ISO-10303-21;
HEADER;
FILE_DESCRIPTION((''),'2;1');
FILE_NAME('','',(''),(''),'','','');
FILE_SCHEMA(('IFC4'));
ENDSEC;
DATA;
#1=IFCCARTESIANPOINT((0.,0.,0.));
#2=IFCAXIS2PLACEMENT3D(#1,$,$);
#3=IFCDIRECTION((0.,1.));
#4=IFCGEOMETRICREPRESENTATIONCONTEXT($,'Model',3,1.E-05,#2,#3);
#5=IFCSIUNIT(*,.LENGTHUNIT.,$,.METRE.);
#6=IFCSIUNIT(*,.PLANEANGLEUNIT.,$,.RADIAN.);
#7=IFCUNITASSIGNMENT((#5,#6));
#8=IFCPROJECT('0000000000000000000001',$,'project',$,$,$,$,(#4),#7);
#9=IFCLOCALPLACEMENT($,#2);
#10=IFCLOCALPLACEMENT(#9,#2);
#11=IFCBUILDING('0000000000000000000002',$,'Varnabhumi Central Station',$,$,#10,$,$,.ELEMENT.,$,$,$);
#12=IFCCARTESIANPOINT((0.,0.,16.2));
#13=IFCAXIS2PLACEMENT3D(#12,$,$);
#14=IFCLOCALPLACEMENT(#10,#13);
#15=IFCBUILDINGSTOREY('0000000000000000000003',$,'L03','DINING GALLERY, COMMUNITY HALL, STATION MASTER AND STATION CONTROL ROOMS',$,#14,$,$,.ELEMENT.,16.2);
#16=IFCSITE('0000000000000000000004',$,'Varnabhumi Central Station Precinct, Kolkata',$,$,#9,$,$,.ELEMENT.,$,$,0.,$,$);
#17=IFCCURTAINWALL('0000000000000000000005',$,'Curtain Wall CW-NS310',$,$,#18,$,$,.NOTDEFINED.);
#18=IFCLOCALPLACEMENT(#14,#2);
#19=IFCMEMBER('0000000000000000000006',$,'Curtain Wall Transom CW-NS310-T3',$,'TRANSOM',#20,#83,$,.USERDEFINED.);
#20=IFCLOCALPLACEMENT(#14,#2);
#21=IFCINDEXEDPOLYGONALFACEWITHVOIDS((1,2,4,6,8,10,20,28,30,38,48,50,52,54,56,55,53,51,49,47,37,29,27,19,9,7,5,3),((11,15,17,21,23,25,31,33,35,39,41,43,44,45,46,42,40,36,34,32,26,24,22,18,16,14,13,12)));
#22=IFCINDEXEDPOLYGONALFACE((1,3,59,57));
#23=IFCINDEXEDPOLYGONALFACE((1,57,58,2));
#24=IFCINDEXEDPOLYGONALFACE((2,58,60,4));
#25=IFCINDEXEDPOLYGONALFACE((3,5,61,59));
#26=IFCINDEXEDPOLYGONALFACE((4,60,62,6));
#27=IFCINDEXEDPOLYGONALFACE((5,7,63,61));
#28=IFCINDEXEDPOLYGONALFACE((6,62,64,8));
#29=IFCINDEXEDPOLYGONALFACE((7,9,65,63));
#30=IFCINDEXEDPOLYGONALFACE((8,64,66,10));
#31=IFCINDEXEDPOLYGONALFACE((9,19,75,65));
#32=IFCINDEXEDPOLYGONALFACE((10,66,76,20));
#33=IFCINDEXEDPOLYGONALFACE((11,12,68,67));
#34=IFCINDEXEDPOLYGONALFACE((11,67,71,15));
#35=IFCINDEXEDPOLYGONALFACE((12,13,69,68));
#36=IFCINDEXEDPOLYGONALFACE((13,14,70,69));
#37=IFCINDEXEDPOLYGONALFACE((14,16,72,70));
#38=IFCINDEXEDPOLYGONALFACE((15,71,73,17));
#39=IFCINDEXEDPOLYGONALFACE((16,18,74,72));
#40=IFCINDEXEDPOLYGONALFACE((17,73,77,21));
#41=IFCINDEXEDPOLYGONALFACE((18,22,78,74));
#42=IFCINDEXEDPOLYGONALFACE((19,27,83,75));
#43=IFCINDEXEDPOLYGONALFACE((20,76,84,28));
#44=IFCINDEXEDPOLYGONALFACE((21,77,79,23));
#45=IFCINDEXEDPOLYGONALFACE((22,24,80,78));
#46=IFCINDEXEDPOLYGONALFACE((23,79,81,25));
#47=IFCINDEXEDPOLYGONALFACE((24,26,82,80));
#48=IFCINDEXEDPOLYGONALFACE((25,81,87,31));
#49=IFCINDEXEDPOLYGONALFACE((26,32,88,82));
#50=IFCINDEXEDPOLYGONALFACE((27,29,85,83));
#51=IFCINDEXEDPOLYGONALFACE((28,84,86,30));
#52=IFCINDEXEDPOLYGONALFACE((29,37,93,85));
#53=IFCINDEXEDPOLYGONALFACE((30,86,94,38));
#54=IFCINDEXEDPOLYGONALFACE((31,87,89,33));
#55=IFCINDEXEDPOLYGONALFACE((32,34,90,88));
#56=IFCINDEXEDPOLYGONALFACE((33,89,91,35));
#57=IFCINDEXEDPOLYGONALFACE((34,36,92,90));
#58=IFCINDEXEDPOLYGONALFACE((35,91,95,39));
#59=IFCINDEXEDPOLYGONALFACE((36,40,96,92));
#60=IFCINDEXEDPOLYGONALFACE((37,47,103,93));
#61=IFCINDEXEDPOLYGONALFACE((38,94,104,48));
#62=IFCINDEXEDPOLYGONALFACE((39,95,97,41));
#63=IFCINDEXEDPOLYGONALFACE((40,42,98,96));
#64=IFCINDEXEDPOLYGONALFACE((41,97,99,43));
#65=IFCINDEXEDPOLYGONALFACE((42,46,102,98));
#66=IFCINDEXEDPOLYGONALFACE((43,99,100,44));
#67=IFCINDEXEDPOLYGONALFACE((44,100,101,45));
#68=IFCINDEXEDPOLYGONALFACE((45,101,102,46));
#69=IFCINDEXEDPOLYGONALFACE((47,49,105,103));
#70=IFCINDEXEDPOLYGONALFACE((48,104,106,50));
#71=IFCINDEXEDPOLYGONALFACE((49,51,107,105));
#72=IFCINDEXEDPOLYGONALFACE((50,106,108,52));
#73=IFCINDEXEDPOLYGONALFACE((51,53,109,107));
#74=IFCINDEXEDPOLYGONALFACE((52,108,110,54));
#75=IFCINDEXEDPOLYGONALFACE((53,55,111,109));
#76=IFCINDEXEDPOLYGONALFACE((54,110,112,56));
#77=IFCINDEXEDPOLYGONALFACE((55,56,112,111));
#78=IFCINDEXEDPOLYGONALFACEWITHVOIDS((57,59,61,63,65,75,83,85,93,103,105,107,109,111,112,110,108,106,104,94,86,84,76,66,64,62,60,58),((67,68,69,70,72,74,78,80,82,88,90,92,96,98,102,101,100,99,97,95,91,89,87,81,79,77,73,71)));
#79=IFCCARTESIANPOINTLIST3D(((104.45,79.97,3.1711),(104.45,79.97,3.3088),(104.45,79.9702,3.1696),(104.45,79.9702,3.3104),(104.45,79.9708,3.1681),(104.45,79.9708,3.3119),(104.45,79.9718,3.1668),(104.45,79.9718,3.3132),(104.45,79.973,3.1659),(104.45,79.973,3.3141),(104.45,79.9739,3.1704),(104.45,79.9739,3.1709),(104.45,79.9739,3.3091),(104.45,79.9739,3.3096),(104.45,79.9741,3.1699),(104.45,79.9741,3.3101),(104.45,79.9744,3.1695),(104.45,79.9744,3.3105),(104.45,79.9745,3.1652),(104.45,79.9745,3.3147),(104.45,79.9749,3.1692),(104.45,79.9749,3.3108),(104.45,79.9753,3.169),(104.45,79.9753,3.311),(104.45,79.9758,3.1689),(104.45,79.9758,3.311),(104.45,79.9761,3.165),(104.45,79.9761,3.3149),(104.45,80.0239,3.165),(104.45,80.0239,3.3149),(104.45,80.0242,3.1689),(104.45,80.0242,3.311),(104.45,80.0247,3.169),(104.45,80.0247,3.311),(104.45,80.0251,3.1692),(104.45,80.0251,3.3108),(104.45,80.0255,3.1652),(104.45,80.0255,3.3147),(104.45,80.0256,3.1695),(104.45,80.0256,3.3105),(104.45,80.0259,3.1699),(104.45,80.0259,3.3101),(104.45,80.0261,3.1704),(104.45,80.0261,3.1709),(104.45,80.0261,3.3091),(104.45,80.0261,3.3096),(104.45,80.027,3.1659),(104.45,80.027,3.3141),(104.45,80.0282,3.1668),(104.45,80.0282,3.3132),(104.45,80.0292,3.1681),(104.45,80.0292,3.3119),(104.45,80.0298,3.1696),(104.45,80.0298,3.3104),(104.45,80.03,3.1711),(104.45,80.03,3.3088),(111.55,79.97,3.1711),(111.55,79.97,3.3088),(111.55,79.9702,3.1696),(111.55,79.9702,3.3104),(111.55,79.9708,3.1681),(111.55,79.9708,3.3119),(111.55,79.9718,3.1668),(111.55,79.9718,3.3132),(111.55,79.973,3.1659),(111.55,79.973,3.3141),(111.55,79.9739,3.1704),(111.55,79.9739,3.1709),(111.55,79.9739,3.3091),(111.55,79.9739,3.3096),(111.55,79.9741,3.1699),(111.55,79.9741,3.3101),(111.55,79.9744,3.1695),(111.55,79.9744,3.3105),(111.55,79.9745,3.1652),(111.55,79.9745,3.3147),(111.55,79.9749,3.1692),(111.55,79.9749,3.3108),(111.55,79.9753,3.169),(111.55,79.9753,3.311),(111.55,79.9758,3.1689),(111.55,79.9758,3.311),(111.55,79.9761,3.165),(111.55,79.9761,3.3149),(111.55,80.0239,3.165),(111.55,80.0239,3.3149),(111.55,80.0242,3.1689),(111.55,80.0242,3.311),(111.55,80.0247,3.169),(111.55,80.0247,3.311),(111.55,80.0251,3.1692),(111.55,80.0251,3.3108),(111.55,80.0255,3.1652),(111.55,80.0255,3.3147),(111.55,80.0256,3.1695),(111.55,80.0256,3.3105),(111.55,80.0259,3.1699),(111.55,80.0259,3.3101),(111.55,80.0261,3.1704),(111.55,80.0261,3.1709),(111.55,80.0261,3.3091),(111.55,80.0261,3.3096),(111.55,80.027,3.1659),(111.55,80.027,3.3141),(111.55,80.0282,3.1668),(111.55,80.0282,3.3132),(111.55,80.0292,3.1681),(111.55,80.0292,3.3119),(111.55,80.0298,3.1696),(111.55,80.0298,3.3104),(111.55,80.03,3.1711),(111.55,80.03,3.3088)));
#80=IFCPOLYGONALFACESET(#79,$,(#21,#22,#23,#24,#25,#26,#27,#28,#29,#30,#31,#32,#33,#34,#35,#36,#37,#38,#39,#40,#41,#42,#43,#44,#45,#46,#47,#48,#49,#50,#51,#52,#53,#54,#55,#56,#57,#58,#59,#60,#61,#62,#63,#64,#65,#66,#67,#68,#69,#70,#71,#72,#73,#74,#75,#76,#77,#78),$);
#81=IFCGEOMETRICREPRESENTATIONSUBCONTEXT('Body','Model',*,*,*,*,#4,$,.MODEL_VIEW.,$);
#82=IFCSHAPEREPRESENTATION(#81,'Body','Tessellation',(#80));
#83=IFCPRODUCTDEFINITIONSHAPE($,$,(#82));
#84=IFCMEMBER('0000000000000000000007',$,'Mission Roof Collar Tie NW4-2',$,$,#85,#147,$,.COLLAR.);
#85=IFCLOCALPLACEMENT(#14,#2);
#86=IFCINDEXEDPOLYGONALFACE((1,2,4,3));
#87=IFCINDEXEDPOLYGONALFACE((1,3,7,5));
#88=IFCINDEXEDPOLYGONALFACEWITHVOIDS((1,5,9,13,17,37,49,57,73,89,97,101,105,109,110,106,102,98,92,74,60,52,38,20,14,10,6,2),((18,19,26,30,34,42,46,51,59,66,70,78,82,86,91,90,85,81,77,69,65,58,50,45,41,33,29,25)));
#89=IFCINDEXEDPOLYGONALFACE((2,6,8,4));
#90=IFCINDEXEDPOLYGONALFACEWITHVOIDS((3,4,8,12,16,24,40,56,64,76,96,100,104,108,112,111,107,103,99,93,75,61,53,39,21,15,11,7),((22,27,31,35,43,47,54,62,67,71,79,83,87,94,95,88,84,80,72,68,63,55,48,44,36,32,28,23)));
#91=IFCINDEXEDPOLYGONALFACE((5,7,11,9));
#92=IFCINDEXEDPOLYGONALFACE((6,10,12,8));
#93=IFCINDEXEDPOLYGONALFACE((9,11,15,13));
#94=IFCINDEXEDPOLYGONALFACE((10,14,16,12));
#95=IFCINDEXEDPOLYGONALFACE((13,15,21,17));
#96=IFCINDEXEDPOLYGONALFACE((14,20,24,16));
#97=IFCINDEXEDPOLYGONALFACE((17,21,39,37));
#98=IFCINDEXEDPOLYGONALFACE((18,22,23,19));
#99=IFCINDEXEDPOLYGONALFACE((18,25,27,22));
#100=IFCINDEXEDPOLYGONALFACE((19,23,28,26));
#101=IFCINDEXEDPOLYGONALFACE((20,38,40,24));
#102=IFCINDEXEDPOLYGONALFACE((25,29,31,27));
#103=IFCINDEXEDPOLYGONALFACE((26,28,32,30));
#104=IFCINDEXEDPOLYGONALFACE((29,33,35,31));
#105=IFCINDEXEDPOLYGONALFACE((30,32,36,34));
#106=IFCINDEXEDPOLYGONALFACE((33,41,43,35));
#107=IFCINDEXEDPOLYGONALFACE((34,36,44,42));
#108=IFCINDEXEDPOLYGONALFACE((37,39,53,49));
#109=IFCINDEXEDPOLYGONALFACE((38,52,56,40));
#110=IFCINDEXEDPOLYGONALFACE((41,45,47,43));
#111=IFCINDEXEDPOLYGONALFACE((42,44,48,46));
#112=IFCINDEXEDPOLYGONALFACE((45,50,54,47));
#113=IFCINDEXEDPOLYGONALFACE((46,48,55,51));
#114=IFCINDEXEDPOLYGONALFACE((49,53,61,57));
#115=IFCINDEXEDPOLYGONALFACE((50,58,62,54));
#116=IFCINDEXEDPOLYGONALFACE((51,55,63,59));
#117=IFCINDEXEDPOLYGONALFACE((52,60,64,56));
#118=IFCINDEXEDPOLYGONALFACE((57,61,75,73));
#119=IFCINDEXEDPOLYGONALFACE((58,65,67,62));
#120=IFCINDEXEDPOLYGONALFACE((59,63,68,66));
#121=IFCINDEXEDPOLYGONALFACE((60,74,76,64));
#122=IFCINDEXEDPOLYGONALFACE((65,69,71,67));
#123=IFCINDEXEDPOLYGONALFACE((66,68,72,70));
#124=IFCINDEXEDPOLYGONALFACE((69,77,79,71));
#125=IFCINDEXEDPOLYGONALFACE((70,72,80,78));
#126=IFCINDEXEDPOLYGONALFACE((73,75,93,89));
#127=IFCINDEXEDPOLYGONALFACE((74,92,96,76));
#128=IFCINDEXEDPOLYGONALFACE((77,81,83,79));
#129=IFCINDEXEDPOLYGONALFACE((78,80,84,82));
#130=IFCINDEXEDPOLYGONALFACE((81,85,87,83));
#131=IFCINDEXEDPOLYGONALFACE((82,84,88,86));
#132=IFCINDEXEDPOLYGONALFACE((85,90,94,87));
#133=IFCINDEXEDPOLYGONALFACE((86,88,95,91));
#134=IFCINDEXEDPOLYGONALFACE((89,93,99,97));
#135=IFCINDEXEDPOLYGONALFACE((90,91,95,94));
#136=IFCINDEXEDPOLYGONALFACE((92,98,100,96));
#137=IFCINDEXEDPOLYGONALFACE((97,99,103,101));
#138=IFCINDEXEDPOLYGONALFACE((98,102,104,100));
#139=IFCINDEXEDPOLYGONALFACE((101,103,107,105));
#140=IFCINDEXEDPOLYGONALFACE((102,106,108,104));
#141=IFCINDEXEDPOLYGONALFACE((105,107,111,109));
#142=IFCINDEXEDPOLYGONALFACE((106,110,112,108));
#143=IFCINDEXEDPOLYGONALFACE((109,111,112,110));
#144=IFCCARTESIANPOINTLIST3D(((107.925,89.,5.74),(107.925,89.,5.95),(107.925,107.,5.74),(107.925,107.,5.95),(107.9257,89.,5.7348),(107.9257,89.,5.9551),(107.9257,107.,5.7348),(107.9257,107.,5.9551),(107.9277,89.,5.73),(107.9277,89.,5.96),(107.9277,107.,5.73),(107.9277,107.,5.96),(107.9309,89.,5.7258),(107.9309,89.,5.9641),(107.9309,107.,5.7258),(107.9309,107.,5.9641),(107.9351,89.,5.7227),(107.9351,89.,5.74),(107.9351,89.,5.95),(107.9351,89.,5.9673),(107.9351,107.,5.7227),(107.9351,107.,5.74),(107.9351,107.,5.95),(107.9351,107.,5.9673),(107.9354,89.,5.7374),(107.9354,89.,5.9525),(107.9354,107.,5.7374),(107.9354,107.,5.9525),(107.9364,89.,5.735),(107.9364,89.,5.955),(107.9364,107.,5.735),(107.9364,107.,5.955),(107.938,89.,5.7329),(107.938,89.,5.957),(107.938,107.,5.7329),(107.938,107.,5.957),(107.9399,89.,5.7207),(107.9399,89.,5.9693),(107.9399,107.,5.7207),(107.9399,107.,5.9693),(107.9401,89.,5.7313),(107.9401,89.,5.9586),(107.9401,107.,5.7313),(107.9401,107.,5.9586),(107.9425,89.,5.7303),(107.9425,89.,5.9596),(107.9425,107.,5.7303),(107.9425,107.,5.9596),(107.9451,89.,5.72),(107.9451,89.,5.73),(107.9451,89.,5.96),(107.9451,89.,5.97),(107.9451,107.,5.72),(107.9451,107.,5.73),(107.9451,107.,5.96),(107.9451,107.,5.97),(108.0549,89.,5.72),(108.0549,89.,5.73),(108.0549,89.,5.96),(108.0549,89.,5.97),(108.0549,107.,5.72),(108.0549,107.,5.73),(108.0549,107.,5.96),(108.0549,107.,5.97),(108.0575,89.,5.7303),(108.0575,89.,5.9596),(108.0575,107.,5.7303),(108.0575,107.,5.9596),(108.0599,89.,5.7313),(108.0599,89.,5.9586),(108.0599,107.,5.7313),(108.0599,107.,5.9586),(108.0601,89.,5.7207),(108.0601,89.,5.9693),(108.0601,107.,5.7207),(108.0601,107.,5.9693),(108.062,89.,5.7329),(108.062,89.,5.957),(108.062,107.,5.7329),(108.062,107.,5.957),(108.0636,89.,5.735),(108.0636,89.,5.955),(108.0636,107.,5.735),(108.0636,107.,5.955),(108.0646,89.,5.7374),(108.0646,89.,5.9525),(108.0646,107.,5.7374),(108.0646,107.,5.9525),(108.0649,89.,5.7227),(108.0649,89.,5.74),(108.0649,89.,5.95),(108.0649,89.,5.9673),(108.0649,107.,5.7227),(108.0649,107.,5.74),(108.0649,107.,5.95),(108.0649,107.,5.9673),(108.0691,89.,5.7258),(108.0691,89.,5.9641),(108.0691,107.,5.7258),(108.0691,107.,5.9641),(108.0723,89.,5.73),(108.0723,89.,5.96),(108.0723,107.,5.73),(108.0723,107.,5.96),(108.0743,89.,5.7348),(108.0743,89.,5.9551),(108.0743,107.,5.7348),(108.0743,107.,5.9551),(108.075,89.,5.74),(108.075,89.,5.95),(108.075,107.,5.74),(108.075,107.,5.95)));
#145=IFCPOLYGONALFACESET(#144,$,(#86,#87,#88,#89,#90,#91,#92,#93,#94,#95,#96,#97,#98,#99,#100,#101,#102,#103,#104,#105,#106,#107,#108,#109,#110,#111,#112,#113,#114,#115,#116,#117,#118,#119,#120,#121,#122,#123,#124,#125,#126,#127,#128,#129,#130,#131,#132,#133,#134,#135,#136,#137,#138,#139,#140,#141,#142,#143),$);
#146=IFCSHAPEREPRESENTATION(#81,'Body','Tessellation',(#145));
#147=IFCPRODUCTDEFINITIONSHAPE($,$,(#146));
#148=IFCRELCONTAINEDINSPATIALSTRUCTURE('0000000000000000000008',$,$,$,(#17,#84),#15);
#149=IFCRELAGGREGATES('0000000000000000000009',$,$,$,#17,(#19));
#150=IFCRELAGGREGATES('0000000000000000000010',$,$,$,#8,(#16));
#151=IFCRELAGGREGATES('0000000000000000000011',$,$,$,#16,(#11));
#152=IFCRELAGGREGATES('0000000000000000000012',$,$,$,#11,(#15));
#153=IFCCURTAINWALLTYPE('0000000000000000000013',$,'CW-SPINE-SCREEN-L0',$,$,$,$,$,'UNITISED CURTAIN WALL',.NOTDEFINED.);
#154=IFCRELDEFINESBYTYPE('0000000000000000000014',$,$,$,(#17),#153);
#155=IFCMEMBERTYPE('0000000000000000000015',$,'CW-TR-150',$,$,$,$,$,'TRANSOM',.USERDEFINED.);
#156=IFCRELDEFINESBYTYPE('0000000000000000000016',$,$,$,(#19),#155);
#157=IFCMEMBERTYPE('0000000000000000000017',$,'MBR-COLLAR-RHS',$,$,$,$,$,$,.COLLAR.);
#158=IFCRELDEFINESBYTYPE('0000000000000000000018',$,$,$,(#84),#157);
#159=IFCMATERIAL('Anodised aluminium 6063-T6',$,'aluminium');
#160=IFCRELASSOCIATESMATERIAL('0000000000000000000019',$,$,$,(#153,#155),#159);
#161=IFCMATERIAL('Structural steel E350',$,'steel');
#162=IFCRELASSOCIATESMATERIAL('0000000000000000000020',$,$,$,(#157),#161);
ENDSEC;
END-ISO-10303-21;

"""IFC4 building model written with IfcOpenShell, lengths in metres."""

from ifc_helpers import new_model, si_unit, direction, frame, origin, origin_2d, place, context, subcontext, project, spatial, hollow_rectangle, extrude, material, material_profile, profile_set, type_object, element, aggregate, save


model = new_model("IFC4")

# Units and contexts
model_context = context("Model", 3, precision=1e-05, world=origin(), true_north=direction((0.0, 1.0)))
body_context = subcontext(model_context, "Body", "Model", "MODEL_VIEW")
ifc_project = project(units=[si_unit("LENGTHUNIT", "METRE"), si_unit("PLANEANGLEUNIT", "RADIAN")], contexts=[model_context])

# Site, building, storey
site_placement = place(None, origin())
site = spatial("IfcSite", under=ifc_project, at=site_placement, Name="Varnabhumi Central Station Precinct, Kolkata", CompositionType="ELEMENT", RefElevation=0.0)
building_placement = place(site_placement, origin())
building = spatial("IfcBuilding", under=site, at=building_placement, Name="Varnabhumi Central Station", CompositionType="ELEMENT")
storey_placement = place(building_placement, frame((0.0, 0.0, 16.2)))
storey = spatial("IfcBuildingStorey", under=building, at=storey_placement, Name="L03", Description="DINING GALLERY, COMMUNITY HALL, STATION MASTER AND STATION CONTROL ROOMS", CompositionType="ELEMENT", Elevation=16.2)

# Shared definitions
ifc_material_1 = material(Name="Structural steel E350", Category="steel")

# Curtain wall, member
ifc_material_2 = material(Name="Anodised aluminium 6063-T6", Category="aluminium")
curtain_wall_type = type_object("IfcCurtainWallType", Name="CW-SPINE-SCREEN-L0", ElementType="UNITISED CURTAIN WALL", PredefinedType="NOTDEFINED", material=ifc_material_2)
curtain_wall_placement = place(storey_placement, origin())
curtain_wall = element("IfcCurtainWall", 1, at=curtain_wall_placement, inside=storey, type_object=curtain_wall_type, Name="Curtain Wall CW-NS310", PredefinedType="NOTDEFINED")
ifc_material_profile_1 = material_profile(ifc_material_2, hollow_rectangle(XDim=0.0601, YDim=0.1499, WallThickness=0.0039, InnerFilletRadius=0.002, OuterFilletRadius=0.0061, at=origin_2d()), Name="Anodised aluminium 6063-T6", Category="aluminium")
ifc_profile_set_1 = profile_set([ifc_material_profile_1], Name="Anodised aluminium 6063-T6")
member_type_1 = type_object("IfcMemberType", Name="CW-TR-150", ElementType="TRANSOM", PredefinedType="USERDEFINED", material=ifc_profile_set_1)
member_1_placement = place(storey_placement, frame((104.45, 80.0, 3.24), z_axis=(1.0, 0.0, 0.0), x_axis=(0.0, 1.0, 0.0)))
member_1 = element("IfcMember", 2, at=member_1_placement, type_object=member_type_1, Name="Curtain Wall Transom CW-NS310-T3", ObjectType="TRANSOM", PredefinedType="USERDEFINED", context=body_context, shape_type="SweptSolid", body=[
    extrude(hollow_rectangle(XDim=0.0601, YDim=0.1499, WallThickness=0.0039, InnerFilletRadius=0.002, OuterFilletRadius=0.0061, at=origin_2d()), origin(), (0.0, 0.0, 1.0), 7.1001),
])

# Member
ifc_material_profile_2 = material_profile(ifc_material_1, hollow_rectangle(XDim=0.1499, YDim=0.25, WallThickness=0.01, InnerFilletRadius=0.01, OuterFilletRadius=0.02, at=origin_2d()), Name="Structural steel E350", Category="steel")
ifc_profile_set_2 = profile_set([ifc_material_profile_2], Name="Structural steel E350")
member_type_2 = type_object("IfcMemberType", Name="MBR-COLLAR-RHS", PredefinedType="COLLAR", material=ifc_profile_set_2)
member_2_placement = place(storey_placement, frame((108.0, 89.0, 5.845), z_axis=(0.0, 1.0, 0.0), x_axis=(-1.0, 0.0, 0.0)))
element("IfcMember", 3, at=member_2_placement, inside=storey, type_object=member_type_2, Name="Mission Roof Collar Tie NW4-2", PredefinedType="COLLAR", context=body_context, shape_type="SweptSolid", body=[
    extrude(hollow_rectangle(XDim=0.1499, YDim=0.25, WallThickness=0.01, InnerFilletRadius=0.01, OuterFilletRadius=0.02, at=origin_2d()), origin(), (0.0, 0.0, 1.0), 18.0),
])

aggregate(curtain_wall, [member_1])

save(model, "model.ifc")
